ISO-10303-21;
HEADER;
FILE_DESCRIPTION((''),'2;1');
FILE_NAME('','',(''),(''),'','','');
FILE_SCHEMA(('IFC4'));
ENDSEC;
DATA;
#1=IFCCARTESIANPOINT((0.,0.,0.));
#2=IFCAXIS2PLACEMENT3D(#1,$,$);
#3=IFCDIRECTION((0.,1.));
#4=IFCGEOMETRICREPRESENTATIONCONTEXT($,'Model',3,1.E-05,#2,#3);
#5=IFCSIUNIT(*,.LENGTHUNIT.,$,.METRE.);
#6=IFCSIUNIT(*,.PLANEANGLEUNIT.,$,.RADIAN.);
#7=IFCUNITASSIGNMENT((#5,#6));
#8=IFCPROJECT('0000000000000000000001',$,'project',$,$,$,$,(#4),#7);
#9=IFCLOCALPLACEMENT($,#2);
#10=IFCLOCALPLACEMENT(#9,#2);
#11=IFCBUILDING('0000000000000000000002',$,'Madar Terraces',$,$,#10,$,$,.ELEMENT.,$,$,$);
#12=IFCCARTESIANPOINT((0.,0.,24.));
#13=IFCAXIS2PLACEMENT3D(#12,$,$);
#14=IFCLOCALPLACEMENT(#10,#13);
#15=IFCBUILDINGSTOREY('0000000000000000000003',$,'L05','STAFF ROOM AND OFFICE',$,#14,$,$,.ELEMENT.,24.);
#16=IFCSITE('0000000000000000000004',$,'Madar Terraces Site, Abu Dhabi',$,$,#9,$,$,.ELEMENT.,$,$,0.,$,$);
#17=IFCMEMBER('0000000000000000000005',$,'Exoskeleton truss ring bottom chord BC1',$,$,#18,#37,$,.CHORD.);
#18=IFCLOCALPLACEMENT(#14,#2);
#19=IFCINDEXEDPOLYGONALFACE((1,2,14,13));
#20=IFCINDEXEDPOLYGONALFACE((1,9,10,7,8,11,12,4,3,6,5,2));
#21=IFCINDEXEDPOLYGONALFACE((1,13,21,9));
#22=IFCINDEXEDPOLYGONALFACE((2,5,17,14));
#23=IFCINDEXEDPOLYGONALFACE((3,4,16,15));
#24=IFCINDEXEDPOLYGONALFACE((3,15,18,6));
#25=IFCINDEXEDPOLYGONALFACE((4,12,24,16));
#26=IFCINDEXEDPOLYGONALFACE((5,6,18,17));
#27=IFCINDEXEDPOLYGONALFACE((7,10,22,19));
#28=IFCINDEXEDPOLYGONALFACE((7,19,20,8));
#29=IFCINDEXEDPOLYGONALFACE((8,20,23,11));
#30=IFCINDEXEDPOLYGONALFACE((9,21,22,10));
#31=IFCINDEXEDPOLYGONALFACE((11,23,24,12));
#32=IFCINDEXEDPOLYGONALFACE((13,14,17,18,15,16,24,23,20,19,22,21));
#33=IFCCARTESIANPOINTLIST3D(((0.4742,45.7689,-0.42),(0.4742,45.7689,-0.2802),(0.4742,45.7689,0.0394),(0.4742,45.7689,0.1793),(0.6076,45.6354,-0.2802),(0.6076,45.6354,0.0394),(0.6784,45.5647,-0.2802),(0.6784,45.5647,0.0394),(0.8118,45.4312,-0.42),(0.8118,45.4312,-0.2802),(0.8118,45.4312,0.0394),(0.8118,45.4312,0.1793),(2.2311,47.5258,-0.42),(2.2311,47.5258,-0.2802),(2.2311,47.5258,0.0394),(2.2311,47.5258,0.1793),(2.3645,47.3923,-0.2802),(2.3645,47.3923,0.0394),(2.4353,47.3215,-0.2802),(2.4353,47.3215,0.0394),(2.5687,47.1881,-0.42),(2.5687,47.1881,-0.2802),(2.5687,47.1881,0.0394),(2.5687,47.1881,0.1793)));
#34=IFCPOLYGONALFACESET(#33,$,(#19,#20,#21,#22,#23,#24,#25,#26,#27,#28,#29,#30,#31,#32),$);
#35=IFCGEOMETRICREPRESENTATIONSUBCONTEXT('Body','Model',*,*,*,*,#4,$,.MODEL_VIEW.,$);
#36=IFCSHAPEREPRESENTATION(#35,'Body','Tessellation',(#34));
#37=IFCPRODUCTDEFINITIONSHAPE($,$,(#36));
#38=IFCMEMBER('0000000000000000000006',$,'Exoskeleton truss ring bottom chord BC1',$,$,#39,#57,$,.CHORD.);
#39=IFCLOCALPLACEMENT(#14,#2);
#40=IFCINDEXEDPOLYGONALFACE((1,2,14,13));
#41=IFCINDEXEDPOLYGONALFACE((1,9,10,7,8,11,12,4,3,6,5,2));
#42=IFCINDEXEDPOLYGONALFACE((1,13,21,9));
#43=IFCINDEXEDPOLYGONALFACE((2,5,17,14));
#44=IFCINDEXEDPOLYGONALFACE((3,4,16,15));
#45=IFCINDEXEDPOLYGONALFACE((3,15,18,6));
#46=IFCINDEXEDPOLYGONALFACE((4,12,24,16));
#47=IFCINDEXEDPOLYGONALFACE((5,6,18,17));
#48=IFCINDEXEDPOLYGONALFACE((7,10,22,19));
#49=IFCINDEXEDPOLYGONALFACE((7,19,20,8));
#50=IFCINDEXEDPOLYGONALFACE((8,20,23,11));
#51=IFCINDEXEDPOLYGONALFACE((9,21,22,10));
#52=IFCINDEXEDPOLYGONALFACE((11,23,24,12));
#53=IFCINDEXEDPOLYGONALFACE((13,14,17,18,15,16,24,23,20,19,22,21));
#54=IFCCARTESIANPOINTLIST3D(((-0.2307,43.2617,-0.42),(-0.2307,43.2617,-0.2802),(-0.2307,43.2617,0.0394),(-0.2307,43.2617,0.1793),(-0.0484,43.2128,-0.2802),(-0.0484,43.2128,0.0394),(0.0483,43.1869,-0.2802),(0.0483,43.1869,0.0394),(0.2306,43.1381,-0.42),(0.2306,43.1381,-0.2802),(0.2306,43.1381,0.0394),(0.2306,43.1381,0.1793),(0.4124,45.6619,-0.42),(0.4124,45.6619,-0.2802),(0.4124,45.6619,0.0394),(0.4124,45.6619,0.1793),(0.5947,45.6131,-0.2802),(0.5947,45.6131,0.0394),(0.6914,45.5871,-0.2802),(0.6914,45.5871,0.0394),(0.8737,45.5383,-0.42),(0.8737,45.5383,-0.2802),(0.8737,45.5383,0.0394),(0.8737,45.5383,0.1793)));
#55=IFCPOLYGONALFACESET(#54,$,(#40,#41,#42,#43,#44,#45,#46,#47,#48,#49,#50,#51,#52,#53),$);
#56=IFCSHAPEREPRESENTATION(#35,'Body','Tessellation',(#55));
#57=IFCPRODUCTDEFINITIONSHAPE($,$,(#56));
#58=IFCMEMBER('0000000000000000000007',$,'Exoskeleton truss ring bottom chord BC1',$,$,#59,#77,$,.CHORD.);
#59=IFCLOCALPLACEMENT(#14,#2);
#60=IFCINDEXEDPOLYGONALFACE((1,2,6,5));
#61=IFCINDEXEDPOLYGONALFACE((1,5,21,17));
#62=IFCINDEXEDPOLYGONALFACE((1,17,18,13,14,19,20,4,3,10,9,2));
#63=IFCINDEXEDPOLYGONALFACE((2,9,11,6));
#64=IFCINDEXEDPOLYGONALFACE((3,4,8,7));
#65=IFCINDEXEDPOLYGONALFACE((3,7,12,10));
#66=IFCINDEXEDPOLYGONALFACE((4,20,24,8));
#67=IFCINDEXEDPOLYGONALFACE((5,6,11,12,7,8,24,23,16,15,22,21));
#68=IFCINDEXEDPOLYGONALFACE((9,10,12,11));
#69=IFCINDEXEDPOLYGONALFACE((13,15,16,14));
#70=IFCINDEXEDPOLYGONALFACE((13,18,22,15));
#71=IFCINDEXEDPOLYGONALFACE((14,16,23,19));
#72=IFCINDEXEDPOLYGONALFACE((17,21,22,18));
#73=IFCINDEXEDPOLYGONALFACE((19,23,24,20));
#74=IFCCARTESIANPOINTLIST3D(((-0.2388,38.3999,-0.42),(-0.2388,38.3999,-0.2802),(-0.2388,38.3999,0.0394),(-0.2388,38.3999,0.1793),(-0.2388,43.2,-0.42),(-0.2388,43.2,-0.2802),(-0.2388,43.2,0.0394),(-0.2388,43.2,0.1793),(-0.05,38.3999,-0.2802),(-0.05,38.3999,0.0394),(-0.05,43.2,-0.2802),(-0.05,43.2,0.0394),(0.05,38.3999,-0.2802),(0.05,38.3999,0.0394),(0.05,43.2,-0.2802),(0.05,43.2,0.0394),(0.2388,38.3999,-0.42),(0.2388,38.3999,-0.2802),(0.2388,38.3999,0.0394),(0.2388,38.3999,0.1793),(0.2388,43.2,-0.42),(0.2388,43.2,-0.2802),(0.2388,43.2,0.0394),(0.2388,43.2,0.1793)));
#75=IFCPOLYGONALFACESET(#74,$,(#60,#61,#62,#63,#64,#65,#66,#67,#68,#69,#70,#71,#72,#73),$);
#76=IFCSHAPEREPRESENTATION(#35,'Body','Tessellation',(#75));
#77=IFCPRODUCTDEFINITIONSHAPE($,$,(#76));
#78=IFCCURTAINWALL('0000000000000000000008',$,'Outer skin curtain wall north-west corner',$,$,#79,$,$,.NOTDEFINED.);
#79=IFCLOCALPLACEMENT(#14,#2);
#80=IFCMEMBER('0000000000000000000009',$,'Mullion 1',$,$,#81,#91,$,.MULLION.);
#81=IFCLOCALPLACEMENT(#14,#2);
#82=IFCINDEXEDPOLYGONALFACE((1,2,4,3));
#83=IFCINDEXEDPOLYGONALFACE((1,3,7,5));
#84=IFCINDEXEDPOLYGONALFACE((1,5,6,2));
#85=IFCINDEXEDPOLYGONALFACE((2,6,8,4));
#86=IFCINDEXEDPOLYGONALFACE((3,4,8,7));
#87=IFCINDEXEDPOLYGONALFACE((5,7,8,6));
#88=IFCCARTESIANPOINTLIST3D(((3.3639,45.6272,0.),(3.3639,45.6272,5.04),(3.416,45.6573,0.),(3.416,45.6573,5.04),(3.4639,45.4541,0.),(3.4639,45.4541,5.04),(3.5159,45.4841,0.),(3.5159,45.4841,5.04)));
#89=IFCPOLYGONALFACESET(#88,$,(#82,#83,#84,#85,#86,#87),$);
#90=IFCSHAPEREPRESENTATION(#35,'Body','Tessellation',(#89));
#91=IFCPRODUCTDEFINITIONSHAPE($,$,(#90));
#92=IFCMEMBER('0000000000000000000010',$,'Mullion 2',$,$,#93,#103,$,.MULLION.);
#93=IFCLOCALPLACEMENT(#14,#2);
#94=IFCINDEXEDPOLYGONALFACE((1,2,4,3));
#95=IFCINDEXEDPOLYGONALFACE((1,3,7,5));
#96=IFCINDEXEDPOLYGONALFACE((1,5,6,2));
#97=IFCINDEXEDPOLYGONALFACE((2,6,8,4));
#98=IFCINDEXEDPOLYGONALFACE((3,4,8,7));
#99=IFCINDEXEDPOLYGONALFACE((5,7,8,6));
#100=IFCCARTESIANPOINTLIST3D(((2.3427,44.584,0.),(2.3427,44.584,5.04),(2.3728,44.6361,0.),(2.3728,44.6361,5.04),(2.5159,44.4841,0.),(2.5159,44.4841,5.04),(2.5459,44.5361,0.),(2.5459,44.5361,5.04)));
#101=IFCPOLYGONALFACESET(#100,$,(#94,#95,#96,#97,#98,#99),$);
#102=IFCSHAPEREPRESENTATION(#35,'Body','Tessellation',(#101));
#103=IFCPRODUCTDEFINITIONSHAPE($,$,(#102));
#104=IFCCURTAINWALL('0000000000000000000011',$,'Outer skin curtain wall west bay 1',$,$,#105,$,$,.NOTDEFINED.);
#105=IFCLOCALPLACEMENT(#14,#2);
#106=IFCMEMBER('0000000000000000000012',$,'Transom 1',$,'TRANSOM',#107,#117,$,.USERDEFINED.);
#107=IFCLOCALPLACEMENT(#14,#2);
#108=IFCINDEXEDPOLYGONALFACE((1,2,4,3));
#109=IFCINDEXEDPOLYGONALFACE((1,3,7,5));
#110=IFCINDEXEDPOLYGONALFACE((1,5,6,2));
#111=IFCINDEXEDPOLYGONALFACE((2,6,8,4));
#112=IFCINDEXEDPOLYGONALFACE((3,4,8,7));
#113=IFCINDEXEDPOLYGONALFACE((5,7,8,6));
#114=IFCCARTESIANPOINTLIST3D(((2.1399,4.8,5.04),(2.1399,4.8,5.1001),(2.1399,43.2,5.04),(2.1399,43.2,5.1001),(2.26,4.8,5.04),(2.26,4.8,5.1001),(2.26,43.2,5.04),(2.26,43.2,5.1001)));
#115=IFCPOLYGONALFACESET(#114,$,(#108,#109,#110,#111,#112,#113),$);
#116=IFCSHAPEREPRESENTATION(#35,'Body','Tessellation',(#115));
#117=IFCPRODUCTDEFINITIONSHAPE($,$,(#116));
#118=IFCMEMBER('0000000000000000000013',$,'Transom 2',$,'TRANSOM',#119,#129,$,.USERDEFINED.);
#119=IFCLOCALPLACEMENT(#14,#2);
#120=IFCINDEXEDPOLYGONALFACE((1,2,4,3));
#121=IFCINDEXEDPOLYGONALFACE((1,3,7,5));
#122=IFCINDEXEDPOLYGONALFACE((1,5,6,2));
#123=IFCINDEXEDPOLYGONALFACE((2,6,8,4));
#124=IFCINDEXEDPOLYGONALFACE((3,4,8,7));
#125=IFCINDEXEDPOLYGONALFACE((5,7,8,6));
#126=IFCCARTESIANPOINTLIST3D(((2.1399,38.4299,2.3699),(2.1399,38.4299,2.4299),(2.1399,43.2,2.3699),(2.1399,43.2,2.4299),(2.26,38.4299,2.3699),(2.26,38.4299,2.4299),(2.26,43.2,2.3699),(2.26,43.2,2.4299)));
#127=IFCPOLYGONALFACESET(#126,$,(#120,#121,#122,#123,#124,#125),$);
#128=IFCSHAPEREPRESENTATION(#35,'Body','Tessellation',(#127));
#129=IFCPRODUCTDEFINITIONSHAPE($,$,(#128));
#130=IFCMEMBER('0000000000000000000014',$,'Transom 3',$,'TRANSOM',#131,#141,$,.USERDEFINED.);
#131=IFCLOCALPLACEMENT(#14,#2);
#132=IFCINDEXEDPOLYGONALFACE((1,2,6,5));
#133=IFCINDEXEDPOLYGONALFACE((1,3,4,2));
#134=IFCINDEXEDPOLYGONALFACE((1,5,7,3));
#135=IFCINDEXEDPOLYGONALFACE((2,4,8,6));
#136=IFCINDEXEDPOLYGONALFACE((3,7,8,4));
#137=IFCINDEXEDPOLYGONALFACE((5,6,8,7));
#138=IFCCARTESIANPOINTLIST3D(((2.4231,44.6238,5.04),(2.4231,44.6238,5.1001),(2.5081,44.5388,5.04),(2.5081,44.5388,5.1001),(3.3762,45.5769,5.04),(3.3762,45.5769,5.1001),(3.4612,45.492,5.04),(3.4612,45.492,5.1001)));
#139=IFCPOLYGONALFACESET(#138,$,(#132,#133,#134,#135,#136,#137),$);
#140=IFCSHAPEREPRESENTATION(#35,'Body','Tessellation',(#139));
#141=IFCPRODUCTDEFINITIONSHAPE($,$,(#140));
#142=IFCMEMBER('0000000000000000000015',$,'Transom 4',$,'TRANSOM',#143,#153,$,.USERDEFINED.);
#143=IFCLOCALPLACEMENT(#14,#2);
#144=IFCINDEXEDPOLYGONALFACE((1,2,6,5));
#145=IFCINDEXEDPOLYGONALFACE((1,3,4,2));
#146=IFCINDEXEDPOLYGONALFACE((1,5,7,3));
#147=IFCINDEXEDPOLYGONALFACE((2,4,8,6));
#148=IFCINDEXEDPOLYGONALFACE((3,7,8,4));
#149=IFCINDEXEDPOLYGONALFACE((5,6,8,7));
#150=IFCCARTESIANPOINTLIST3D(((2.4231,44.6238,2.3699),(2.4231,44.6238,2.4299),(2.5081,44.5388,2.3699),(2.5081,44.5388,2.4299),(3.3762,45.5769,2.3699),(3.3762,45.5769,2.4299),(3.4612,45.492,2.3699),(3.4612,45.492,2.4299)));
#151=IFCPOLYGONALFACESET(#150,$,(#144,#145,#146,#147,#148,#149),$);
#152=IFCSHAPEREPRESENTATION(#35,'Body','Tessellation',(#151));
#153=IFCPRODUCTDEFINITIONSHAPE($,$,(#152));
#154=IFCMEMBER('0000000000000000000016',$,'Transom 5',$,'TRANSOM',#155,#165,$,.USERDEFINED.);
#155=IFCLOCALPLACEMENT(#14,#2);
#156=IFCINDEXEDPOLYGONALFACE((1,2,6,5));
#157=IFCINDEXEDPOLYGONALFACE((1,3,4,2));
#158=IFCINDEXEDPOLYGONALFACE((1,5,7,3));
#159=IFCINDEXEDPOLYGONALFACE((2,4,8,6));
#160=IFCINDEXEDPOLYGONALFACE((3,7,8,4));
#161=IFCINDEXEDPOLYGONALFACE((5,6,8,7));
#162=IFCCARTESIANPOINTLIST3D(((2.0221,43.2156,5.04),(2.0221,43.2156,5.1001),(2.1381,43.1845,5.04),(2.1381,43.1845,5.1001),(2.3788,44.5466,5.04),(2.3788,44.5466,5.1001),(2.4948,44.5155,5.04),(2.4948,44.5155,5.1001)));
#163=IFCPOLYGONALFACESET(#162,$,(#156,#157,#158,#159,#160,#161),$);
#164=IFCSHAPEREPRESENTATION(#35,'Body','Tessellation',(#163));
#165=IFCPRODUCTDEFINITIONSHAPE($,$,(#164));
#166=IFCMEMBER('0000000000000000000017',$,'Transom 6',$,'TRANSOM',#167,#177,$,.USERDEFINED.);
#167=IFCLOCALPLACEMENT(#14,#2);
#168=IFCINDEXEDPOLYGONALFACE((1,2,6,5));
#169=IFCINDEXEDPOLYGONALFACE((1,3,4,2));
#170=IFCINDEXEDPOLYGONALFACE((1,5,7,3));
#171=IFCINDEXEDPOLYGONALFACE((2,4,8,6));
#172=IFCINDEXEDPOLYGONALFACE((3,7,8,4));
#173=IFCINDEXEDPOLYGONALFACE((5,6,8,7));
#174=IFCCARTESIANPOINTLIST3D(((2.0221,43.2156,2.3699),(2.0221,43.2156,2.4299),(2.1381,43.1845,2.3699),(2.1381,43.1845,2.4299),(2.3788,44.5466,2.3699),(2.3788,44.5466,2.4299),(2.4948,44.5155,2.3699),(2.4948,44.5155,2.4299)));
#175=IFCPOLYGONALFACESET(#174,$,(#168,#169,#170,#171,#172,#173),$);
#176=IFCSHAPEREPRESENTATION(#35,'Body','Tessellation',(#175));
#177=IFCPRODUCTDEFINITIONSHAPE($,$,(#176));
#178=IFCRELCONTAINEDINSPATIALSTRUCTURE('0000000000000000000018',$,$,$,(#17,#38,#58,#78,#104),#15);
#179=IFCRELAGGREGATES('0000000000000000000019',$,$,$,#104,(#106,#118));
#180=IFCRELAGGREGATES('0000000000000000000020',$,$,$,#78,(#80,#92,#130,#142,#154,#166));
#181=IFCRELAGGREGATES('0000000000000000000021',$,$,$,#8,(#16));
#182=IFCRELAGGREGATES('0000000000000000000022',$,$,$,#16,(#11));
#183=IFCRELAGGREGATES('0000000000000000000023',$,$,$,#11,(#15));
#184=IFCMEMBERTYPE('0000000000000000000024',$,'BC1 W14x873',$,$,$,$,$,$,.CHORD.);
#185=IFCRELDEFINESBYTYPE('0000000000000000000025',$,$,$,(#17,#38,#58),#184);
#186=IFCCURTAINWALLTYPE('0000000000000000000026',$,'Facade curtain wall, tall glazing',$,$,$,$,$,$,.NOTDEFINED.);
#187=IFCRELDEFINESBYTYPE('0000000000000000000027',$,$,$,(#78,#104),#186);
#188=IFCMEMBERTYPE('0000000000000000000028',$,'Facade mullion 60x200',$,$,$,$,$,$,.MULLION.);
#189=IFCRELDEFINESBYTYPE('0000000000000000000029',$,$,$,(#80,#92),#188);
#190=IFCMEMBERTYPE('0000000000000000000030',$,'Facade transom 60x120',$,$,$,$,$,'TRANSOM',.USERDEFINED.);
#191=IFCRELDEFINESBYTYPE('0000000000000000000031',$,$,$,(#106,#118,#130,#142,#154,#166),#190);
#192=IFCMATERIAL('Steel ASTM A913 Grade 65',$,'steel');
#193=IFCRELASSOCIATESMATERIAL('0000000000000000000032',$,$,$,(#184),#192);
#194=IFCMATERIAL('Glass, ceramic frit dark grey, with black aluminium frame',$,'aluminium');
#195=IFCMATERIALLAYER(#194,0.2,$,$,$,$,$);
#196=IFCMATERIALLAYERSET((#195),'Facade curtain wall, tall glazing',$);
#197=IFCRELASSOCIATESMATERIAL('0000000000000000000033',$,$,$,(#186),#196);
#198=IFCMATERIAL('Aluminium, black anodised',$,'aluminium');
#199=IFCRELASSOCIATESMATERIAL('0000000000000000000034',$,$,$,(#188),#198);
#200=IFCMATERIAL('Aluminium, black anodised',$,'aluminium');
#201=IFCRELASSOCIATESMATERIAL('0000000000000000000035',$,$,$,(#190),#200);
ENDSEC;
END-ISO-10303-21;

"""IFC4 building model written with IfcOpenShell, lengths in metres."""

from ifc_helpers import new_model, si_unit, direction, frame, origin, origin_2d, place, context, subcontext, project, spatial, rectangle, i_section, extrude, material, layer, layer_set, material_profile, profile_set, type_object, element, aggregate, save


model = new_model("IFC4")

# Units and contexts
model_context = context("Model", 3, precision=1e-05, world=origin(), true_north=direction((0.0, 1.0)))
body_context = subcontext(model_context, "Body", "Model", "MODEL_VIEW")
ifc_project = project(units=[si_unit("LENGTHUNIT", "METRE"), si_unit("PLANEANGLEUNIT", "RADIAN")], contexts=[model_context])

# Site, building, storey
site_placement = place(None, origin())
site = spatial("IfcSite", under=ifc_project, at=site_placement, Name="Madar Terraces Site, Abu Dhabi", CompositionType="ELEMENT", RefElevation=0.0)
building_placement = place(site_placement, origin())
building = spatial("IfcBuilding", under=site, at=building_placement, Name="Madar Terraces", CompositionType="ELEMENT")
storey_placement = place(building_placement, frame((0.0, 0.0, 24.0)))
storey = spatial("IfcBuildingStorey", under=building, at=storey_placement, Name="L05", Description="STAFF ROOM AND OFFICE", CompositionType="ELEMENT", Elevation=24.0)

# Members
ifc_material_1 = material(Name="Steel ASTM A913 Grade 65", Category="steel")
ifc_material_profile_1 = material_profile(ifc_material_1, i_section(OverallWidth=0.4775, OverallDepth=0.5994, WebThickness=0.1001, FlangeThickness=0.1399, at=origin_2d()), Name="W14x873")
ifc_profile_set_1 = profile_set([ifc_material_profile_1], Name="Steel ASTM A913 Grade 65")
member_type_1 = type_object("IfcMemberType", Name="BC1 W14x873", PredefinedType="CHORD", material=ifc_profile_set_1)
member_1_placement = place(storey_placement, frame((2.3999, 47.3569, -0.1204), z_axis=(-0.707107, -0.707107, 0.0), x_axis=(0.707107, -0.707107, 0.0)))
element("IfcMember", 1, at=member_1_placement, inside=storey, type_object=member_type_1, Name="Exoskeleton truss ring bottom chord BC1", PredefinedType="CHORD", context=body_context, shape_type="SweptSolid", body=[
    extrude(i_section(OverallWidth=0.4775, OverallDepth=0.5994, WebThickness=0.1001, FlangeThickness=0.1399, at=origin_2d()), origin(), (0.0, 0.0, 1.0), 2.4846),
])
member_2_placement = place(storey_placement, frame((0.6431, 45.6001, -0.1204), z_axis=(-0.2588, -0.965931, 0.0), x_axis=(0.965931, -0.2588, 0.0)))
element("IfcMember", 2, at=member_2_placement, inside=storey, type_object=member_type_1, Name="Exoskeleton truss ring bottom chord BC1", PredefinedType="CHORD", context=body_context, shape_type="SweptSolid", body=[
    extrude(i_section(OverallWidth=0.4775, OverallDepth=0.5994, WebThickness=0.1001, FlangeThickness=0.1399, at=origin_2d()), origin(), (0.0, 0.0, 1.0), 2.4849),
])
member_3_placement = place(storey_placement, frame((0.0, 43.2, -0.1204), z_axis=(0.0, -1.0, 0.0), x_axis=(1.0, 0.0, 0.0)))
element("IfcMember", 3, at=member_3_placement, inside=storey, type_object=member_type_1, Name="Exoskeleton truss ring bottom chord BC1", PredefinedType="CHORD", context=body_context, shape_type="SweptSolid", body=[
    extrude(i_section(OverallWidth=0.4775, OverallDepth=0.5994, WebThickness=0.1001, FlangeThickness=0.1399, at=origin_2d()), origin(), (0.0, 0.0, 1.0), 4.8),
])

# Curtain walls, members
ifc_material_2 = material(Name="Glass, ceramic frit dark grey, with black aluminium frame", Category="aluminium")
ifc_layer_1 = layer(ifc_material_2, 0.2)
ifc_layer_set_1 = layer_set([ifc_layer_1], Name="Facade curtain wall, tall glazing")
curtain_wall_type = type_object("IfcCurtainWallType", Name="Facade curtain wall, tall glazing", PredefinedType="NOTDEFINED", material=ifc_layer_set_1)
curtain_wall_1_placement = place(storey_placement, origin())
curtain_wall_1 = element("IfcCurtainWall", 4, at=curtain_wall_1_placement, inside=storey, type_object=curtain_wall_type, Name="Outer skin curtain wall north-west corner", PredefinedType="NOTDEFINED")
ifc_material_3 = material(Name="Aluminium, black anodised", Category="aluminium")
ifc_material_profile_2 = material_profile(ifc_material_3, rectangle(XDim=0.2, YDim=0.0601, at=origin_2d()), Name="Facade mullion 60x200")
ifc_profile_set_2 = profile_set([ifc_material_profile_2], Name="Aluminium, black anodised")
member_type_2 = type_object("IfcMemberType", Name="Facade mullion 60x200", PredefinedType="MULLION", material=ifc_profile_set_2)
member_4_placement = place(storey_placement, frame((3.4399, 45.5557, 0.0), z_axis=(0.0, 0.0, 1.0), x_axis=(0.5, -0.866025, 0.0)))
member_4 = element("IfcMember", 5, at=member_4_placement, type_object=member_type_2, Name="Mullion 1", PredefinedType="MULLION", context=body_context, shape_type="SweptSolid", body=[
    extrude(rectangle(XDim=0.2, YDim=0.0601, at=origin_2d()), origin(), (0.0, 0.0, 1.0), 5.04),
])
member_5_placement = place(storey_placement, frame((2.4443, 44.5601, 0.0), z_axis=(0.0, 0.0, 1.0), x_axis=(0.866025, -0.5, 0.0)))
member_5 = element("IfcMember", 6, at=member_5_placement, type_object=member_type_2, Name="Mullion 2", PredefinedType="MULLION", context=body_context, shape_type="SweptSolid", body=[
    extrude(rectangle(XDim=0.2, YDim=0.0601, at=origin_2d()), origin(), (0.0, 0.0, 1.0), 5.04),
])
curtain_wall_2_placement = place(storey_placement, origin())
curtain_wall_2 = element("IfcCurtainWall", 7, at=curtain_wall_2_placement, inside=storey, type_object=curtain_wall_type, Name="Outer skin curtain wall west bay 1", PredefinedType="NOTDEFINED")
ifc_material_4 = material(Name="Aluminium, black anodised", Category="aluminium")
ifc_material_profile_3 = material_profile(ifc_material_4, rectangle(XDim=0.1201, YDim=0.0601, at=origin_2d()), Name="Facade transom 60x120")
ifc_profile_set_3 = profile_set([ifc_material_profile_3], Name="Aluminium, black anodised")
member_type_3 = type_object("IfcMemberType", Name="Facade transom 60x120", ElementType="TRANSOM", PredefinedType="USERDEFINED", material=ifc_profile_set_3)
member_6_placement = place(storey_placement, frame((2.2, 43.2, 5.0701), z_axis=(0.0, -1.0, 0.0), x_axis=(1.0, 0.0, 0.0)))
member_6 = element("IfcMember", 8, at=member_6_placement, type_object=member_type_3, Name="Transom 1", ObjectType="TRANSOM", PredefinedType="USERDEFINED", context=body_context, shape_type="SweptSolid", body=[
    extrude(rectangle(XDim=0.1201, YDim=0.0601, at=origin_2d()), origin(), (0.0, 0.0, 1.0), 38.3999),
])
member_7_placement = place(storey_placement, frame((2.2, 43.2, 2.3999), z_axis=(0.0, -1.0, 0.0), x_axis=(1.0, 0.0, 0.0)))
member_7 = element("IfcMember", 9, at=member_7_placement, type_object=member_type_3, Name="Transom 2", ObjectType="TRANSOM", PredefinedType="USERDEFINED", context=body_context, shape_type="SweptSolid", body=[
    extrude(rectangle(XDim=0.1201, YDim=0.0601, at=origin_2d()), origin(), (0.0, 0.0, 1.0), 4.77),
])

# Members
member_8_placement = place(storey_placement, frame((3.4187, 45.5344, 5.0701), z_axis=(-0.707107, -0.707107, 0.0), x_axis=(0.707107, -0.707107, 0.0)))
member_8 = element("IfcMember", 10, at=member_8_placement, type_object=member_type_3, Name="Transom 3", ObjectType="TRANSOM", PredefinedType="USERDEFINED", context=body_context, shape_type="SweptSolid", body=[
    extrude(rectangle(XDim=0.1201, YDim=0.0601, at=origin_2d()), origin(), (0.0, 0.0, 1.0), 1.3479),
])
member_9_placement = place(storey_placement, frame((3.4187, 45.5344, 2.3999), z_axis=(-0.707107, -0.707107, 0.0), x_axis=(0.707107, -0.707107, 0.0)))
member_9 = element("IfcMember", 11, at=member_9_placement, type_object=member_type_3, Name="Transom 4", ObjectType="TRANSOM", PredefinedType="USERDEFINED", context=body_context, shape_type="SweptSolid", body=[
    extrude(rectangle(XDim=0.1201, YDim=0.0601, at=origin_2d()), origin(), (0.0, 0.0, 1.0), 1.3479),
])
member_10_placement = place(storey_placement, frame((2.4368, 44.531, 5.0701), z_axis=(-0.258842, -0.96592, 0.0), x_axis=(0.96592, -0.258842, 0.0)))
member_10 = element("IfcMember", 12, at=member_10_placement, type_object=member_type_3, Name="Transom 5", ObjectType="TRANSOM", PredefinedType="USERDEFINED", context=body_context, shape_type="SweptSolid", body=[
    extrude(rectangle(XDim=0.1201, YDim=0.0601, at=origin_2d()), origin(), (0.0, 0.0, 1.0), 1.3779),
])
member_11_placement = place(storey_placement, frame((2.4368, 44.531, 2.3999), z_axis=(-0.258842, -0.96592, 0.0), x_axis=(0.96592, -0.258842, 0.0)))
member_11 = element("IfcMember", 13, at=member_11_placement, type_object=member_type_3, Name="Transom 6", ObjectType="TRANSOM", PredefinedType="USERDEFINED", context=body_context, shape_type="SweptSolid", body=[
    extrude(rectangle(XDim=0.1201, YDim=0.0601, at=origin_2d()), origin(), (0.0, 0.0, 1.0), 1.3779),
])

aggregate(curtain_wall_2, [member_6, member_7])
aggregate(curtain_wall_1, [member_4, member_5, member_8, member_9, member_10, member_11])

save(model, "model.ifc")
